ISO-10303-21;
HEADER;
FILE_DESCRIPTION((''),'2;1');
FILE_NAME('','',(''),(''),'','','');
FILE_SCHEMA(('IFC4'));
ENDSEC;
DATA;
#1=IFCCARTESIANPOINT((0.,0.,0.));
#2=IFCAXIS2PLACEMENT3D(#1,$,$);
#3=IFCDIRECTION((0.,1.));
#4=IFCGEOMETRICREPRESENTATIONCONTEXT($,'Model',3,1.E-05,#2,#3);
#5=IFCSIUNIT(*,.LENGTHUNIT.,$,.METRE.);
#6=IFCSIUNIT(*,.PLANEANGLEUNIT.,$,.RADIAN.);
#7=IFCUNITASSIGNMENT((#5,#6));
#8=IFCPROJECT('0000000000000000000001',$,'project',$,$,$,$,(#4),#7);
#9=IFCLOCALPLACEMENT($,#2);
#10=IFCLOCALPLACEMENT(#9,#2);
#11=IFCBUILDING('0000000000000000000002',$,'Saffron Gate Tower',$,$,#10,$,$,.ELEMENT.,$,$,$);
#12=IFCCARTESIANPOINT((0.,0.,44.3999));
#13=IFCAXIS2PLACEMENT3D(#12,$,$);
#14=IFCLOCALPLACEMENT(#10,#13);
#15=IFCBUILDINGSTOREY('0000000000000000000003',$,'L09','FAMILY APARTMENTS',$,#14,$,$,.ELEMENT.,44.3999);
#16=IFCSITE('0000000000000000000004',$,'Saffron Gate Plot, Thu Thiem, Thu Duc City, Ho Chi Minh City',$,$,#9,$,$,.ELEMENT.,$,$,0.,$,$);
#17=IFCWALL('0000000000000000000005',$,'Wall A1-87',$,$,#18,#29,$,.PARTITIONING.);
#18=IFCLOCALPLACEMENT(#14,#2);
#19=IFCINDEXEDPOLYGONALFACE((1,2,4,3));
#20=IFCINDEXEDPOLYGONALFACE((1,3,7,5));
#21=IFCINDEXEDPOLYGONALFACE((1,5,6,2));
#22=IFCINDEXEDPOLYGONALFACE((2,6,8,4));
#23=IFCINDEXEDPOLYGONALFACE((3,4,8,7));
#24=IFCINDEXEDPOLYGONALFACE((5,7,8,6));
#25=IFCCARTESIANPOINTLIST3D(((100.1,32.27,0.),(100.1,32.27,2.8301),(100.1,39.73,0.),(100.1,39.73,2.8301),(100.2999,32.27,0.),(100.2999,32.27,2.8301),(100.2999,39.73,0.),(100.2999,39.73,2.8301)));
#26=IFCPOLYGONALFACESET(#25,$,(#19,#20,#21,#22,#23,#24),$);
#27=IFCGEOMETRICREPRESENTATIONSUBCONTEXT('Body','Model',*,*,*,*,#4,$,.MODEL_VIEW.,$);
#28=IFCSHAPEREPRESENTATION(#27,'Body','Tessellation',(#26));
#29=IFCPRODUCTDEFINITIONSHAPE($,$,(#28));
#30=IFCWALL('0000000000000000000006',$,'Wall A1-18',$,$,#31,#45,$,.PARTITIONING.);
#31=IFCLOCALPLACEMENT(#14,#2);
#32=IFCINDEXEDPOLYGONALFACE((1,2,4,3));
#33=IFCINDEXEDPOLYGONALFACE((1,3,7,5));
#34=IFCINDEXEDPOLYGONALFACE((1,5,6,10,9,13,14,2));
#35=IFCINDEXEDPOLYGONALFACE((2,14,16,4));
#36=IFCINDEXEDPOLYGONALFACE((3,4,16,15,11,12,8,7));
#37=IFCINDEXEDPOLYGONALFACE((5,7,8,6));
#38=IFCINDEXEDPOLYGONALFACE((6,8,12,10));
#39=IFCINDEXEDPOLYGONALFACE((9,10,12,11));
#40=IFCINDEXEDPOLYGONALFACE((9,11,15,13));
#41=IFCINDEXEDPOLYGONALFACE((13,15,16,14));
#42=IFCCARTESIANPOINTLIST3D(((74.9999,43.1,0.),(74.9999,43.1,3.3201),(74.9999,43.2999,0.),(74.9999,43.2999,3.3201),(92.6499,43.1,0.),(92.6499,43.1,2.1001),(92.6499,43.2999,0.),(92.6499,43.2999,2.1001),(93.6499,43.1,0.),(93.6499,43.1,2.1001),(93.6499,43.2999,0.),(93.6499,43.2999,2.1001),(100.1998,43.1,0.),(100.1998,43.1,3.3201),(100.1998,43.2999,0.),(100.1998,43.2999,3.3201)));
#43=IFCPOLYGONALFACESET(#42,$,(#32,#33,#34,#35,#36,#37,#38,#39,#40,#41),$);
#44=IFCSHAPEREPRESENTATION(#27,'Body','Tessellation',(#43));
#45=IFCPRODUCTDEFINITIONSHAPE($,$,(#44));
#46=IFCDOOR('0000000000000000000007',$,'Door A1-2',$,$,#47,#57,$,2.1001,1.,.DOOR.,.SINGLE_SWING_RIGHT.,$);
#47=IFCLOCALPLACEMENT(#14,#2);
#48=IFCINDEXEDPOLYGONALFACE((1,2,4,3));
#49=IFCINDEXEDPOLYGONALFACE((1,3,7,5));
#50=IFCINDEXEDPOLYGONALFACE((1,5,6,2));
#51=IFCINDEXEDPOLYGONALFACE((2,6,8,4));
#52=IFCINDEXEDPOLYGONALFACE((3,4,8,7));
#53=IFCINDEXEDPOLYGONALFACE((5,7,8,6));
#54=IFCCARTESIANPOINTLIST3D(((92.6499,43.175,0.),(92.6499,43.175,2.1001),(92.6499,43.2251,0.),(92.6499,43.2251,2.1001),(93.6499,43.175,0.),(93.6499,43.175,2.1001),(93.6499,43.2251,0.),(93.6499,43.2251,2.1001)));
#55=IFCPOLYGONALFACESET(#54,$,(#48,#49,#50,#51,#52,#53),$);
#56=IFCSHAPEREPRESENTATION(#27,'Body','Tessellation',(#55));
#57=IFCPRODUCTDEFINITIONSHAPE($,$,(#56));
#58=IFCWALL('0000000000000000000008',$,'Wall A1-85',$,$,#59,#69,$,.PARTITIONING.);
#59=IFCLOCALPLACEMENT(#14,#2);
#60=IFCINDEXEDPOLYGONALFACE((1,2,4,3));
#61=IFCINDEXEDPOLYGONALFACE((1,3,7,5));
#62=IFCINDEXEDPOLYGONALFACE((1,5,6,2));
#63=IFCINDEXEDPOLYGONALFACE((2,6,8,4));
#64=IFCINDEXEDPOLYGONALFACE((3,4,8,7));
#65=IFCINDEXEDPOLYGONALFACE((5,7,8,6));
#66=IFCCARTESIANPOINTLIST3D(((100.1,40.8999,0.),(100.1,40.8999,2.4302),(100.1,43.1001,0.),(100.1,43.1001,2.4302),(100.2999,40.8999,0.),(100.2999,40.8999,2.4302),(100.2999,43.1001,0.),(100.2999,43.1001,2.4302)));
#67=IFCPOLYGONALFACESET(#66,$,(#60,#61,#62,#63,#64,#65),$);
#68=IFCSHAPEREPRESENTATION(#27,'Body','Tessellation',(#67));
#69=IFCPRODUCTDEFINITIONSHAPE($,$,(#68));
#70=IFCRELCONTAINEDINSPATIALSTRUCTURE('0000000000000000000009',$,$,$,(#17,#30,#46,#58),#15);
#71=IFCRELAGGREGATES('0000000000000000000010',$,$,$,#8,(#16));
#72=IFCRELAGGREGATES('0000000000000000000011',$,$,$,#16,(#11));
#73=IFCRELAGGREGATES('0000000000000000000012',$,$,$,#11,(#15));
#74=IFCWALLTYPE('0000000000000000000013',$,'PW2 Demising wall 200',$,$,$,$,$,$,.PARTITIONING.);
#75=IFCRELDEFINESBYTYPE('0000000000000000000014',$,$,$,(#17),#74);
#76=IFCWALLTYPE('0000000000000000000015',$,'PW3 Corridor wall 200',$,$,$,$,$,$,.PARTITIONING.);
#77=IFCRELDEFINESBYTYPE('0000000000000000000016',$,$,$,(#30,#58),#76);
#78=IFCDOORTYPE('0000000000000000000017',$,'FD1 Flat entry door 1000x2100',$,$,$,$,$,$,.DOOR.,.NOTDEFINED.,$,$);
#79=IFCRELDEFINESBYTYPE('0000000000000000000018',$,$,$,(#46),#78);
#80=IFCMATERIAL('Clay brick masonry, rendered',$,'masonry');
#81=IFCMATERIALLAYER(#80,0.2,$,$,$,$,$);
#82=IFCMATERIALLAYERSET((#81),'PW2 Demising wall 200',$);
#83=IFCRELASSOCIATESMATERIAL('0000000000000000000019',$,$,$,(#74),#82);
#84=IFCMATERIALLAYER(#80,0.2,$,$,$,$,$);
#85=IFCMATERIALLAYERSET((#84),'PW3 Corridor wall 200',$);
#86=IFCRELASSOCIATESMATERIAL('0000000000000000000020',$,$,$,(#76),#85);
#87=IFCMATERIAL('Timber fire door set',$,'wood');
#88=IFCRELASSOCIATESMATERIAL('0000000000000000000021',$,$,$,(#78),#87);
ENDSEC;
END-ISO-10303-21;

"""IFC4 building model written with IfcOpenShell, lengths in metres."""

from ifc_helpers import new_model, si_unit, direction, frame, frame_2d, origin, place, context, subcontext, project, spatial, rectangle, extrude, material, layer, layer_set, type_object, element, fill, save


model = new_model("IFC4")

# Units and contexts
model_context = context("Model", 3, precision=1e-05, world=origin(), true_north=direction((0.0, 1.0)))
body_context = subcontext(model_context, "Body", "Model", "MODEL_VIEW")
ifc_project = project(units=[si_unit("LENGTHUNIT", "METRE"), si_unit("PLANEANGLEUNIT", "RADIAN")], contexts=[model_context])

# Site, building, storey
site_placement = place(None, origin())
site = spatial("IfcSite", under=ifc_project, at=site_placement, Name="Saffron Gate Plot, Thu Thiem, Thu Duc City, Ho Chi Minh City", CompositionType="ELEMENT", RefElevation=0.0)
building_placement = place(site_placement, origin())
building = spatial("IfcBuilding", under=site, at=building_placement, Name="Saffron Gate Tower", CompositionType="ELEMENT")
storey_placement = place(building_placement, frame((0.0, 0.0, 44.3999)))
storey = spatial("IfcBuildingStorey", under=building, at=storey_placement, Name="L09", Description="FAMILY APARTMENTS", CompositionType="ELEMENT", Elevation=44.3999)

# Wall
ifc_material_1 = material(Name="Clay brick masonry, rendered", Category="masonry")
ifc_layer_1 = layer(ifc_material_1, 0.2)
ifc_layer_set_1 = layer_set([ifc_layer_1], Name="PW2 Demising wall 200")
wall_type_1 = type_object("IfcWallType", Name="PW2 Demising wall 200", PredefinedType="PARTITIONING", material=ifc_layer_set_1)
wall_1_placement = place(storey_placement, frame((100.2, 39.73, 0.0), z_axis=(0.0, 0.0, 1.0), x_axis=(0.0, -1.0, 0.0)))
element("IfcWall", 1, at=wall_1_placement, inside=storey, type_object=wall_type_1, Name="Wall A1-87", PredefinedType="PARTITIONING", context=body_context, shape_type="SweptSolid", body=[
    extrude(rectangle(XDim=7.46, YDim=0.2, at=frame_2d((3.73, 0.0))), origin(), (0.0, 0.0, 1.0), 2.8301),
])

# Wall, opening, door
ifc_layer_2 = layer(ifc_material_1, 0.2)
ifc_layer_set_2 = layer_set([ifc_layer_2], Name="PW3 Corridor wall 200")
wall_type_2 = type_object("IfcWallType", Name="PW3 Corridor wall 200", PredefinedType="PARTITIONING", material=ifc_layer_set_2)
wall_2_placement = place(storey_placement, frame((100.2, 43.2, 0.0), z_axis=(0.0, 0.0, 1.0), x_axis=(-1.0, 0.0, 0.0)))
wall_2 = element("IfcWall", 2, at=wall_2_placement, inside=storey, type_object=wall_type_2, Name="Wall A1-18", PredefinedType="PARTITIONING", context=body_context, shape_type="SweptSolid", body=[
    extrude(rectangle(XDim=25.2, YDim=0.2, at=frame_2d((12.6001, 0.0))), origin(), (0.0, 0.0, 1.0), 3.3201),
])
opening_1_placement = place(wall_2_placement, frame((6.55, 0.0, 0.0)))
opening_1 = element("IfcOpeningElement", 3, at=opening_1_placement, cuts=wall_2, PredefinedType="OPENING", context=body_context, shape_type="SweptSolid", body=[
    extrude(rectangle(XDim=1.0, YDim=2.1001, at=frame_2d((0.5, 1.05))), frame((0.0, 0.1099, 0.0), z_axis=(0.0, -1.0, 0.0), x_axis=(1.0, 0.0, 0.0)), (0.0, 0.0, 1.0), 0.22),
])
ifc_material_2 = material(Name="Timber fire door set", Category="wood")
door_type_1 = type_object("IfcDoorType", Name="FD1 Flat entry door 1000x2100", OperationType="NOTDEFINED", PredefinedType="DOOR", material=ifc_material_2)
door_1_placement = place(opening_1_placement, origin())
door_1 = element("IfcDoor", 4, at=door_1_placement, inside=storey, type_object=door_type_1, Name="Door A1-2", OperationType="SINGLE_SWING_RIGHT", OverallHeight=2.1001, OverallWidth=1.0, PredefinedType="DOOR", context=body_context, shape_type="SweptSolid", body=[
    extrude(rectangle(XDim=1.0, YDim=2.1001, at=frame_2d((0.5, 1.05))), frame((0.0, 0.0249, 0.0), z_axis=(0.0, -1.0, 0.0), x_axis=(1.0, 0.0, 0.0)), (0.0, 0.0, 1.0), 0.05),
])
fill(opening_1, door_1)

# Wall
wall_3_placement = place(storey_placement, frame((100.2, 43.1001, 0.0), z_axis=(0.0, 0.0, 1.0), x_axis=(0.0, -1.0, 0.0)))
element("IfcWall", 5, at=wall_3_placement, inside=storey, type_object=wall_type_2, Name="Wall A1-85", PredefinedType="PARTITIONING", context=body_context, shape_type="SweptSolid", body=[
    extrude(rectangle(XDim=2.2002, YDim=0.2, at=frame_2d((1.1001, 0.0))), origin(), (0.0, 0.0, 1.0), 2.4302),
])

save(model, "model.ifc")
